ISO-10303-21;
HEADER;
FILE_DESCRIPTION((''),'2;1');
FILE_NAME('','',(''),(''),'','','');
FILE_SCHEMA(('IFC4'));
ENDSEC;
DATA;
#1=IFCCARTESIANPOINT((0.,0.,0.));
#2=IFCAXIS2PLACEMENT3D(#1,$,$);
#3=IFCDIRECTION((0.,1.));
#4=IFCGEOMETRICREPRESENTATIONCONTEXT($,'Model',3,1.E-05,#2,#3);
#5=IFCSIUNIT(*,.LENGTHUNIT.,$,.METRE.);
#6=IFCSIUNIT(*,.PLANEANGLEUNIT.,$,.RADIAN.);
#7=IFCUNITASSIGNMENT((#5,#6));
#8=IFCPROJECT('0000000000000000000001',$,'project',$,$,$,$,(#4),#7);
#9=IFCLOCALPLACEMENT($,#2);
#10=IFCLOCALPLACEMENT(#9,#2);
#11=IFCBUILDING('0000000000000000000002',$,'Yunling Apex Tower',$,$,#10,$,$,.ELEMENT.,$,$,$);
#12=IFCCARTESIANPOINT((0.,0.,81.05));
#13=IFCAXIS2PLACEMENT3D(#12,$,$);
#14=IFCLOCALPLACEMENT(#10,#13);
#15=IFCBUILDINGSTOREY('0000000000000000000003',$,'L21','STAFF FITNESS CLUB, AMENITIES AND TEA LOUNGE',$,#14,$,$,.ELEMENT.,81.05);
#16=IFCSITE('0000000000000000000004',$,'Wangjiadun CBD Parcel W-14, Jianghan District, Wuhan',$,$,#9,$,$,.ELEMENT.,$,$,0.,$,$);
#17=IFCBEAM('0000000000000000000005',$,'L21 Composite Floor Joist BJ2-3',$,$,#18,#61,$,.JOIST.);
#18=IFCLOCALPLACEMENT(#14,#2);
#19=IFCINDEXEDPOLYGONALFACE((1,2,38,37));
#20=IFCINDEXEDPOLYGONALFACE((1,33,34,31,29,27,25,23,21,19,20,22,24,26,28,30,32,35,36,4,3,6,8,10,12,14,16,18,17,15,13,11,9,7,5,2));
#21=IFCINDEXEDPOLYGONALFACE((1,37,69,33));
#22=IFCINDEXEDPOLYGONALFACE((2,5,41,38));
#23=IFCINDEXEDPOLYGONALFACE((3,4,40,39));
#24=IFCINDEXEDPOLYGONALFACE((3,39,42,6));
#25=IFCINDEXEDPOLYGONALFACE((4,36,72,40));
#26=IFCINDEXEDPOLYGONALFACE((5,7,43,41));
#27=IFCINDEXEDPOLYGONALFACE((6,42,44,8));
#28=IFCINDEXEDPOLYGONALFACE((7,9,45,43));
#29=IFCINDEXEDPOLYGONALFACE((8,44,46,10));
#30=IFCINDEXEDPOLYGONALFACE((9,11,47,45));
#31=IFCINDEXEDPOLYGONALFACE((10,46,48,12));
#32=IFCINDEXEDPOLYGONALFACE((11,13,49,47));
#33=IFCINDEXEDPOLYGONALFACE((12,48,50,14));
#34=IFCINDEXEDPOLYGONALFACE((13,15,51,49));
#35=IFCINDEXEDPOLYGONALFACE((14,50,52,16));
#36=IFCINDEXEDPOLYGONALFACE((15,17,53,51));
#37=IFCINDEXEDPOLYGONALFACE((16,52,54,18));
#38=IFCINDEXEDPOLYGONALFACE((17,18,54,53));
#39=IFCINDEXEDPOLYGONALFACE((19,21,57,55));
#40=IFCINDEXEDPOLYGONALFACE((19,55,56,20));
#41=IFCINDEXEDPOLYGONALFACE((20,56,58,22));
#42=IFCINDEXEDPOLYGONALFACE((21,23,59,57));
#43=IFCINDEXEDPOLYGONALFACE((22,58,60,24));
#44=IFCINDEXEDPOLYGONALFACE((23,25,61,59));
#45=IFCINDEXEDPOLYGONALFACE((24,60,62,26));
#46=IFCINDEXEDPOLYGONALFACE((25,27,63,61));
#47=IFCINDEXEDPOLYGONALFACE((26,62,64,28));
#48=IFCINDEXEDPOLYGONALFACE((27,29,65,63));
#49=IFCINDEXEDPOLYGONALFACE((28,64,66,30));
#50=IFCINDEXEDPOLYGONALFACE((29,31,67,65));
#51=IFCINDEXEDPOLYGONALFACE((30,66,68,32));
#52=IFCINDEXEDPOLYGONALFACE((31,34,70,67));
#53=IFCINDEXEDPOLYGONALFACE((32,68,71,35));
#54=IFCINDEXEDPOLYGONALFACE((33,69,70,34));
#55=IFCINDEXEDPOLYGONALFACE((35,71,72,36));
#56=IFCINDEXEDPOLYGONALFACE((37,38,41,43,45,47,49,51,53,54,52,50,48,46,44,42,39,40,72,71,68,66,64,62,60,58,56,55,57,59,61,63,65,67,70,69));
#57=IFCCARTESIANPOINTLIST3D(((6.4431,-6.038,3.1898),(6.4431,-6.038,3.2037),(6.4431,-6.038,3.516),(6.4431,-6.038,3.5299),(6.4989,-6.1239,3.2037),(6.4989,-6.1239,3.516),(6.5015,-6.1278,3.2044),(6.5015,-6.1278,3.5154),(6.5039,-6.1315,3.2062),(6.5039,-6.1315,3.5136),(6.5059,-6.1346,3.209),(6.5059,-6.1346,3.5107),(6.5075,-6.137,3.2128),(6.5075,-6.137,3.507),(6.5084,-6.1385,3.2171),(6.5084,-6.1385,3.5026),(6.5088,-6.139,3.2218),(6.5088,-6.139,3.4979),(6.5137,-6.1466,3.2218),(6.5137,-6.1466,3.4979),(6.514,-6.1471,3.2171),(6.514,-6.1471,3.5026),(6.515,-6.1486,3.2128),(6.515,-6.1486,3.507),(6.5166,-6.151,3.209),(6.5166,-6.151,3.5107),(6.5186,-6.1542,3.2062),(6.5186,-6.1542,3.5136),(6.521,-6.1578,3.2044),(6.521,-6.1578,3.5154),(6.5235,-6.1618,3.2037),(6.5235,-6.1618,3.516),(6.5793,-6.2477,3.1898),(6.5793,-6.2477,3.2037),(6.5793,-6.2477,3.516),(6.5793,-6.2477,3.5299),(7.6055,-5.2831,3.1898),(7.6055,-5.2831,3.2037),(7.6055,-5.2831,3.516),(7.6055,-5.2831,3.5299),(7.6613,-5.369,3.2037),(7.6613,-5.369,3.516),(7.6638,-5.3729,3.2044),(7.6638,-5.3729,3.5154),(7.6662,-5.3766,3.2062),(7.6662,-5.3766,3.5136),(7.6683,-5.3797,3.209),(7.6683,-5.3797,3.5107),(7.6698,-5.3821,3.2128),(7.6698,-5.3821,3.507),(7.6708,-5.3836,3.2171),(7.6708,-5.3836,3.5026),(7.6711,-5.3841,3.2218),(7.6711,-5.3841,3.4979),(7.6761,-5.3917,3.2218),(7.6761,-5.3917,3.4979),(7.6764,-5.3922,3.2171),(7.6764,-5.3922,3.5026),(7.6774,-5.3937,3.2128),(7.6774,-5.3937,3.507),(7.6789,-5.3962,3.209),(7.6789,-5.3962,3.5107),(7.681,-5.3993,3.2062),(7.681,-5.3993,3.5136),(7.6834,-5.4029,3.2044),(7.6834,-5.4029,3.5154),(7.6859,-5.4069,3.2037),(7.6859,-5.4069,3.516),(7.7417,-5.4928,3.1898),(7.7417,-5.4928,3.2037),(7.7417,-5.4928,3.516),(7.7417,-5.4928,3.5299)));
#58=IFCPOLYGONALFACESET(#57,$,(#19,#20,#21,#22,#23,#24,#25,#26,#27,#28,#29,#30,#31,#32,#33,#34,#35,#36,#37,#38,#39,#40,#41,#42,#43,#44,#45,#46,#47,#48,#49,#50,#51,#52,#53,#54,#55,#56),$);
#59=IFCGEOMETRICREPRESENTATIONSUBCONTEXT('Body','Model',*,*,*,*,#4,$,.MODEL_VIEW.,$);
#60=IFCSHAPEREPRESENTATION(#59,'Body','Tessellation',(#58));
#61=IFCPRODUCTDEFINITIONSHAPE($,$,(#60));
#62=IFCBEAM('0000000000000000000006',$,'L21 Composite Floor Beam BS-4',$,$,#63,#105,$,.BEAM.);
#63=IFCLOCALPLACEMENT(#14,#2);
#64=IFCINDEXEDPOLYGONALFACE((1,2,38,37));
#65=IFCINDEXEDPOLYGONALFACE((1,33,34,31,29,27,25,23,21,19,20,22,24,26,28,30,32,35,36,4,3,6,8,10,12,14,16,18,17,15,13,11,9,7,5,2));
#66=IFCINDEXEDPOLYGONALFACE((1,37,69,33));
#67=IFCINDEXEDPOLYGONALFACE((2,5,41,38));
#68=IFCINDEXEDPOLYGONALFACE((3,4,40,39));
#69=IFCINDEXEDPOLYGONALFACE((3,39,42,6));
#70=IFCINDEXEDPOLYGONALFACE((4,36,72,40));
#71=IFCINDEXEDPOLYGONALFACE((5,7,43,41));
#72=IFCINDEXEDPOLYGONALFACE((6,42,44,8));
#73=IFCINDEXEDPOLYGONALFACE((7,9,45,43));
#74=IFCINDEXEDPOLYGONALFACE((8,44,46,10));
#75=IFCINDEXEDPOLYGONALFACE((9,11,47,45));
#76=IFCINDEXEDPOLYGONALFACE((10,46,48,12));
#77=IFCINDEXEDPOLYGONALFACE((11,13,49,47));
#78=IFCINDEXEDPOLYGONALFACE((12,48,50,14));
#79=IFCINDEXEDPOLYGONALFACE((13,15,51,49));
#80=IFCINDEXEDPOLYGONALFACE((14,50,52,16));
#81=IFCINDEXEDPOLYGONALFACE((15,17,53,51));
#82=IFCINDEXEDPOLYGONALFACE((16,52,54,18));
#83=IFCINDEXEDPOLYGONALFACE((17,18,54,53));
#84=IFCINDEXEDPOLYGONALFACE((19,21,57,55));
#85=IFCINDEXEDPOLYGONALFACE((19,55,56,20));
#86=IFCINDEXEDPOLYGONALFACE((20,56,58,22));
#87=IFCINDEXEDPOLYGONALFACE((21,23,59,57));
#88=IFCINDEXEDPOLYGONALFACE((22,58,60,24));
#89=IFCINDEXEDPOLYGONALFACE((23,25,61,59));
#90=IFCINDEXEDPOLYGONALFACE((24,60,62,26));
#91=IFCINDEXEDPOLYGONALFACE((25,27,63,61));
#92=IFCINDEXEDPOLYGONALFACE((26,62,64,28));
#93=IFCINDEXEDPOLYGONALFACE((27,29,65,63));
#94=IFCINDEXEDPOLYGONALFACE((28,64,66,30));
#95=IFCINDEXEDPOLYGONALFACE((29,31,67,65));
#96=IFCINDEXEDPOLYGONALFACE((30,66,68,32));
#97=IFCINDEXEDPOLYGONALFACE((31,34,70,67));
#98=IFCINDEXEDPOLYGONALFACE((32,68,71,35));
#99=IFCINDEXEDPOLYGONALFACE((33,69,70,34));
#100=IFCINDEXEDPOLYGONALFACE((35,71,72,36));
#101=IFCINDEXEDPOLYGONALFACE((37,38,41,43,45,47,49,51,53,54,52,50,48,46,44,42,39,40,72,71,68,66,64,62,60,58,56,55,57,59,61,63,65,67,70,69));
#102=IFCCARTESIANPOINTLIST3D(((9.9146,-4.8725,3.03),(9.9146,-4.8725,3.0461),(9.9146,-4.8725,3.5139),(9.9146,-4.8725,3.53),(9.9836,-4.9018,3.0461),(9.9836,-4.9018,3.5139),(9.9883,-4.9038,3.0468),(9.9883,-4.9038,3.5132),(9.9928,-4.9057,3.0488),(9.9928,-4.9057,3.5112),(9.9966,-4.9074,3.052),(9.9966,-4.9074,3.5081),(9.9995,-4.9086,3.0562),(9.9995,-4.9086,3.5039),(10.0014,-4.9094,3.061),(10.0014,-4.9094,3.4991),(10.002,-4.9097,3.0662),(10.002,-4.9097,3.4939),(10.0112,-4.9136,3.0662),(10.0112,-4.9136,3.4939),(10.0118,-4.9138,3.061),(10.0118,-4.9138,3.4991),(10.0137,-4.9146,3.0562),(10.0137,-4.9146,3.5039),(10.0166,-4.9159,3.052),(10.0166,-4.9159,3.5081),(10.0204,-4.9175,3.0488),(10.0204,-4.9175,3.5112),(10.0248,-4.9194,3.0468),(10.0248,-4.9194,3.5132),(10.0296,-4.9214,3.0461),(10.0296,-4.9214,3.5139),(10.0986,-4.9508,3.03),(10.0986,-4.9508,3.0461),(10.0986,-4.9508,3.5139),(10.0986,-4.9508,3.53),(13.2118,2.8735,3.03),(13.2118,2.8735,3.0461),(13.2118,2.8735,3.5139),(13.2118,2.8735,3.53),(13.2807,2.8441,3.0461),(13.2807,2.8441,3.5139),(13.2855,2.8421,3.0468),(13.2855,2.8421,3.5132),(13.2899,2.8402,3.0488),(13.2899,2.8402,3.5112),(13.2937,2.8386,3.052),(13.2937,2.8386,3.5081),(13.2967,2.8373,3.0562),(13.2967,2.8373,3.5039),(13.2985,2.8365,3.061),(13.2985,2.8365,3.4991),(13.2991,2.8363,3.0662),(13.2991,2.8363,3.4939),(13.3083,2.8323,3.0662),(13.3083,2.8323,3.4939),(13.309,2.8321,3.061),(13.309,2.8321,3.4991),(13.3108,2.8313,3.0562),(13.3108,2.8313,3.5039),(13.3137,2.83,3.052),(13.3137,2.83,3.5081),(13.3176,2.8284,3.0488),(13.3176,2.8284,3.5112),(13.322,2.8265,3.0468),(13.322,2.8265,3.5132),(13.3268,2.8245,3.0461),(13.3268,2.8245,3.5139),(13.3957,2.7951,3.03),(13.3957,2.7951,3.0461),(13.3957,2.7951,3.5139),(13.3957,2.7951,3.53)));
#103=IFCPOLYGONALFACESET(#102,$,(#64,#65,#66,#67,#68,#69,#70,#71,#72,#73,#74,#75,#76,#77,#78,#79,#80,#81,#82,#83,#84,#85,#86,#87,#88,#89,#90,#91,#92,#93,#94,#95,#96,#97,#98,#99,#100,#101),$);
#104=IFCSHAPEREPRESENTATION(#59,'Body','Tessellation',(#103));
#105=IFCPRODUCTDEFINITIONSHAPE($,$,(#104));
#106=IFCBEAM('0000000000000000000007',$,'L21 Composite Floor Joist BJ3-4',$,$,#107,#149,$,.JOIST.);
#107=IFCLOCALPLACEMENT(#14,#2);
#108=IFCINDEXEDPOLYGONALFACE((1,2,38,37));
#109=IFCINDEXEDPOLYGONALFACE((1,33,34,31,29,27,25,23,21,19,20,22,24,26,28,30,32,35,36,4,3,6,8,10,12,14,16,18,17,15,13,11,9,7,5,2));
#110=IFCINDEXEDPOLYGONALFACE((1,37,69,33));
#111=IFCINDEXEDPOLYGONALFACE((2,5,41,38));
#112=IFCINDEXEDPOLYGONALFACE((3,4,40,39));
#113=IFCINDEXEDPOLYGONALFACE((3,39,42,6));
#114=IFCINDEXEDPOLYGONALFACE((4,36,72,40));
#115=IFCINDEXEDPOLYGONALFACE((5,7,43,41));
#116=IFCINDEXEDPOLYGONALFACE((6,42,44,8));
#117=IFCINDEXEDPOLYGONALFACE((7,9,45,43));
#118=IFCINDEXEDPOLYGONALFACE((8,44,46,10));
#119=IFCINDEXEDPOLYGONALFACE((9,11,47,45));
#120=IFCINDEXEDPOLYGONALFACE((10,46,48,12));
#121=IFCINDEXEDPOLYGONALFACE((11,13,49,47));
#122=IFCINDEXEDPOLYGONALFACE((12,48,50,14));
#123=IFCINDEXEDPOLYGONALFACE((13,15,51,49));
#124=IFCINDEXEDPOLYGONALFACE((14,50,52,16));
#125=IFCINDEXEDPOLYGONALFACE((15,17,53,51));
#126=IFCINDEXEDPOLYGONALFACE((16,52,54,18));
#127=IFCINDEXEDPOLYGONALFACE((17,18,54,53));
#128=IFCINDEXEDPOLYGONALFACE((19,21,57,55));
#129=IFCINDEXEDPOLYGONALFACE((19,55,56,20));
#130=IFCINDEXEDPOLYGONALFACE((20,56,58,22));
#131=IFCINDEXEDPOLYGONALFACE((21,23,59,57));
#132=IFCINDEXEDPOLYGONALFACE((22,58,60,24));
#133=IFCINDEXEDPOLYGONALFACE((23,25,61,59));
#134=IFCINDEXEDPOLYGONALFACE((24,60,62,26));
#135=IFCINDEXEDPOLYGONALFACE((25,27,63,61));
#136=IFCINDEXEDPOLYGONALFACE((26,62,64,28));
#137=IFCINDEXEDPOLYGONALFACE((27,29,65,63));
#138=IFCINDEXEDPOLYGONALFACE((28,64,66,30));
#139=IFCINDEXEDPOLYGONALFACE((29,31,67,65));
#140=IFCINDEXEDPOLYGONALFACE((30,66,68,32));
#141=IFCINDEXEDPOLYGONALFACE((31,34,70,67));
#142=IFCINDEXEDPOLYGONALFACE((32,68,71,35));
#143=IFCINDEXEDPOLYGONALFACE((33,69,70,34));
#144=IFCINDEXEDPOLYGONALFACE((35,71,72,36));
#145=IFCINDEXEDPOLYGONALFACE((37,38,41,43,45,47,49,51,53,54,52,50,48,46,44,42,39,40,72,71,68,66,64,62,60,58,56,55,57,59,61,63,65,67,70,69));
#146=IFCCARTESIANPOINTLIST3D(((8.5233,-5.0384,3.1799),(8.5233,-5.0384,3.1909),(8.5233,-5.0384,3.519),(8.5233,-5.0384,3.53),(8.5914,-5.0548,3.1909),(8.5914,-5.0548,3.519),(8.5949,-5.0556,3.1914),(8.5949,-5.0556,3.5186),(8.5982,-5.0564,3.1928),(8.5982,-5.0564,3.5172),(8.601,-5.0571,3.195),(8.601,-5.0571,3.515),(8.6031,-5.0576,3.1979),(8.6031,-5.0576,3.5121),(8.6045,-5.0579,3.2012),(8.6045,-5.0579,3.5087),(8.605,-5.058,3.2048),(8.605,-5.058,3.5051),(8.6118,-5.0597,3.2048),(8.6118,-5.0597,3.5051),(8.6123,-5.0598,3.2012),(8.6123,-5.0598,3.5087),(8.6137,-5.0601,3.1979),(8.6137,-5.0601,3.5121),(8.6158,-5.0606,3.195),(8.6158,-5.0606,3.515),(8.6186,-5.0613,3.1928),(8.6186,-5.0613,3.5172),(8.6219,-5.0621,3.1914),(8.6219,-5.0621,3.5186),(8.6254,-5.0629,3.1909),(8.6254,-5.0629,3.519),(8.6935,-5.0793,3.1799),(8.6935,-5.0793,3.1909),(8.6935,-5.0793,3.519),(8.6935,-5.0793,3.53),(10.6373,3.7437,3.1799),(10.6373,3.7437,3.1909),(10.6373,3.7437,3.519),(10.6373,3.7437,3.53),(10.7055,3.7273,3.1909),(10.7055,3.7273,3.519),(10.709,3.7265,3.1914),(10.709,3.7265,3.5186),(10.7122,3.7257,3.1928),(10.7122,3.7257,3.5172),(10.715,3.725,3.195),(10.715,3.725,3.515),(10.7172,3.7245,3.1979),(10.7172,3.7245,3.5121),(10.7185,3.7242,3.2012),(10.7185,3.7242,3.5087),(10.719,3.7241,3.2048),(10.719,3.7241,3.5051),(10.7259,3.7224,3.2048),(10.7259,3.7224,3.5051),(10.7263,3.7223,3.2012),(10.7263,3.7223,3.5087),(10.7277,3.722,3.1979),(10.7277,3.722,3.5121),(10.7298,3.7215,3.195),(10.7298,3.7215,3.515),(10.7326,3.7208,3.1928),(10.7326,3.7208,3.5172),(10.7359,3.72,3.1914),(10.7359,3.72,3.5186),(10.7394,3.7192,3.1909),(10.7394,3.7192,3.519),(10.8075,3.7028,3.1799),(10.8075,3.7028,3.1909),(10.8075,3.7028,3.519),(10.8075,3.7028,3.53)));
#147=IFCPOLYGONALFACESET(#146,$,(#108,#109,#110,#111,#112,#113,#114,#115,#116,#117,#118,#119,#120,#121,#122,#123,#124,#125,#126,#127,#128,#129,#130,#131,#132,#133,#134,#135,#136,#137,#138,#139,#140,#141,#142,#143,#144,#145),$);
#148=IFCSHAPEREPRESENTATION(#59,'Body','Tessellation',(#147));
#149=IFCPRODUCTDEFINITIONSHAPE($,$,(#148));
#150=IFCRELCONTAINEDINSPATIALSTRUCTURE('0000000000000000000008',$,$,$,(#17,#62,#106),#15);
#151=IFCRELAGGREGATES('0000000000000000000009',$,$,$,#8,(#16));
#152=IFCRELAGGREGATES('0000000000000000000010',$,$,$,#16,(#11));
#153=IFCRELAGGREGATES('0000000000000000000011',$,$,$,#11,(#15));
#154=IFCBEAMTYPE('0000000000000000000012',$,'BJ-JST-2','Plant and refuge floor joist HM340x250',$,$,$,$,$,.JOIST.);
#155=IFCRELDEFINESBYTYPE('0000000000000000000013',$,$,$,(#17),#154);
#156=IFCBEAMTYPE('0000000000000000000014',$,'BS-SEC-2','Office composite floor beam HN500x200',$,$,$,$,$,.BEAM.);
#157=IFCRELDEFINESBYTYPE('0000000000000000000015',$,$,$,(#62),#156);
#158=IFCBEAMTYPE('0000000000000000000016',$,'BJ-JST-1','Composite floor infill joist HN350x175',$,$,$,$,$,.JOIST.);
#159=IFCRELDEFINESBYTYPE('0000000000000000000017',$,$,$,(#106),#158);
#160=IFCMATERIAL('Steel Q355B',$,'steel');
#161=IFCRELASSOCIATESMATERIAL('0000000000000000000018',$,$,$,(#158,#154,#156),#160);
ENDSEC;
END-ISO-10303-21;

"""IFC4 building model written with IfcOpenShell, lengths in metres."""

from ifc_helpers import new_model, si_unit, direction, frame, origin, origin_2d, place, context, subcontext, project, spatial, i_section, extrude, source, transform, mapped, material, material_profile, profile_set, type_object, element, save


model = new_model("IFC4")

# Units and contexts
model_context = context("Model", 3, precision=1e-05, world=origin(), true_north=direction((0.0, 1.0)))
body_context = subcontext(model_context, "Body", "Model", "MODEL_VIEW")
ifc_project = project(units=[si_unit("LENGTHUNIT", "METRE"), si_unit("PLANEANGLEUNIT", "RADIAN")], contexts=[model_context])

# Site, building, storey
site_placement = place(None, origin())
site = spatial("IfcSite", under=ifc_project, at=site_placement, Name="Wangjiadun CBD Parcel W-14, Jianghan District, Wuhan", CompositionType="ELEMENT", RefElevation=0.0)
building_placement = place(site_placement, origin())
building = spatial("IfcBuilding", under=site, at=building_placement, Name="Yunling Apex Tower", CompositionType="ELEMENT")
storey_placement = place(building_placement, frame((0.0, 0.0, 81.05)))
storey = spatial("IfcBuildingStorey", under=building, at=storey_placement, Name="L21", Description="STAFF FITNESS CLUB, AMENITIES AND TEA LOUNGE", CompositionType="ELEMENT", Elevation=81.05)

# Beams
ifc_material_1 = material(Name="Steel Q355B", Category="steel")
ifc_material_profile_1 = material_profile(ifc_material_1, i_section(OverallWidth=0.175, OverallDepth=0.3501, WebThickness=0.0071, FlangeThickness=0.011, FilletRadius=0.0139, at=origin_2d()))
ifc_profile_set_1 = profile_set([ifc_material_profile_1], Name="Steel Q355B")
beam_type_1 = type_object("IfcBeamType", Name="BJ-JST-1", Description="Composite floor infill joist HN350x175", PredefinedType="JOIST", material=ifc_profile_set_1)
ifc_material_profile_2 = material_profile(ifc_material_1, i_section(OverallWidth=0.25, OverallDepth=0.3401, WebThickness=0.009, FlangeThickness=0.0139, FilletRadius=0.0181, at=origin_2d()))
ifc_profile_set_2 = profile_set([ifc_material_profile_2], Name="Steel Q355B")
beam_type_2 = type_object("IfcBeamType", Name="BJ-JST-2", Description="Plant and refuge floor joist HM340x250", PredefinedType="JOIST", material=ifc_profile_set_2)
shared_shape_1 = source(origin(), body_context, "Body", "SweptSolid", [
    extrude(i_section(OverallWidth=0.25, OverallDepth=0.3401, WebThickness=0.009, FlangeThickness=0.0139, FilletRadius=0.0181, at=origin_2d()), origin(), (0.0, 0.0, 1.0), 1.386),
])
beam_1_placement = place(storey_placement, frame((6.5112, -6.1428, 3.3599), z_axis=(0.838657, 0.54466, 0.0), x_axis=(-0.54466, 0.838657, 0.0)))
element("IfcBeam", 1, at=beam_1_placement, inside=storey, type_object=beam_type_2, Name="L21 Composite Floor Joist BJ2-3", PredefinedType="JOIST", context=body_context, shape_type="MappedRepresentation", body=[
    mapped(shared_shape_1, transform((0.0, 0.0, 0.0), scale=1.0)),
])
ifc_material_profile_3 = material_profile(ifc_material_1, i_section(OverallWidth=0.2, OverallDepth=0.5, WebThickness=0.01, FlangeThickness=0.0161, FilletRadius=0.02, at=origin_2d()))
ifc_profile_set_3 = profile_set([ifc_material_profile_3], Name="Steel Q355B")
beam_type_3 = type_object("IfcBeamType", Name="BS-SEC-2", Description="Office composite floor beam HN500x200", PredefinedType="BEAM", material=ifc_profile_set_3)
shared_shape_2 = source(origin(), body_context, "Body", "SweptSolid", [
    extrude(i_section(OverallWidth=0.2, OverallDepth=0.5, WebThickness=0.01, FlangeThickness=0.0161, FilletRadius=0.02, at=origin_2d()), origin(), (0.0, 0.0, 1.0), 8.4185),
])
beam_2_placement = place(storey_placement, frame((10.0066, -4.9116, 3.28), z_axis=(0.391657, 0.920111, 0.0), x_axis=(-0.920111, 0.391657, 0.0)))
element("IfcBeam", 2, at=beam_2_placement, inside=storey, type_object=beam_type_3, Name="L21 Composite Floor Beam BS-4", PredefinedType="BEAM", context=body_context, shape_type="MappedRepresentation", body=[
    mapped(shared_shape_2, transform((0.0, 0.0, 0.0), scale=1.0)),
])
shared_shape_3 = source(origin(), body_context, "Body", "SweptSolid", [
    extrude(i_section(OverallWidth=0.175, OverallDepth=0.3501, WebThickness=0.0071, FlangeThickness=0.011, FilletRadius=0.0139, at=origin_2d()), origin(), (0.0, 0.0, 1.0), 9.033),
])
beam_3_placement = place(storey_placement, frame((8.6084, -5.0588, 3.355), z_axis=(0.234036, 0.972228, 0.0), x_axis=(-0.972228, 0.234036, 0.0)))
element("IfcBeam", 3, at=beam_3_placement, inside=storey, type_object=beam_type_1, Name="L21 Composite Floor Joist BJ3-4", PredefinedType="JOIST", context=body_context, shape_type="MappedRepresentation", body=[
    mapped(shared_shape_3, transform((0.0, 0.0, 0.0), scale=1.0)),
])

save(model, "model.ifc")
